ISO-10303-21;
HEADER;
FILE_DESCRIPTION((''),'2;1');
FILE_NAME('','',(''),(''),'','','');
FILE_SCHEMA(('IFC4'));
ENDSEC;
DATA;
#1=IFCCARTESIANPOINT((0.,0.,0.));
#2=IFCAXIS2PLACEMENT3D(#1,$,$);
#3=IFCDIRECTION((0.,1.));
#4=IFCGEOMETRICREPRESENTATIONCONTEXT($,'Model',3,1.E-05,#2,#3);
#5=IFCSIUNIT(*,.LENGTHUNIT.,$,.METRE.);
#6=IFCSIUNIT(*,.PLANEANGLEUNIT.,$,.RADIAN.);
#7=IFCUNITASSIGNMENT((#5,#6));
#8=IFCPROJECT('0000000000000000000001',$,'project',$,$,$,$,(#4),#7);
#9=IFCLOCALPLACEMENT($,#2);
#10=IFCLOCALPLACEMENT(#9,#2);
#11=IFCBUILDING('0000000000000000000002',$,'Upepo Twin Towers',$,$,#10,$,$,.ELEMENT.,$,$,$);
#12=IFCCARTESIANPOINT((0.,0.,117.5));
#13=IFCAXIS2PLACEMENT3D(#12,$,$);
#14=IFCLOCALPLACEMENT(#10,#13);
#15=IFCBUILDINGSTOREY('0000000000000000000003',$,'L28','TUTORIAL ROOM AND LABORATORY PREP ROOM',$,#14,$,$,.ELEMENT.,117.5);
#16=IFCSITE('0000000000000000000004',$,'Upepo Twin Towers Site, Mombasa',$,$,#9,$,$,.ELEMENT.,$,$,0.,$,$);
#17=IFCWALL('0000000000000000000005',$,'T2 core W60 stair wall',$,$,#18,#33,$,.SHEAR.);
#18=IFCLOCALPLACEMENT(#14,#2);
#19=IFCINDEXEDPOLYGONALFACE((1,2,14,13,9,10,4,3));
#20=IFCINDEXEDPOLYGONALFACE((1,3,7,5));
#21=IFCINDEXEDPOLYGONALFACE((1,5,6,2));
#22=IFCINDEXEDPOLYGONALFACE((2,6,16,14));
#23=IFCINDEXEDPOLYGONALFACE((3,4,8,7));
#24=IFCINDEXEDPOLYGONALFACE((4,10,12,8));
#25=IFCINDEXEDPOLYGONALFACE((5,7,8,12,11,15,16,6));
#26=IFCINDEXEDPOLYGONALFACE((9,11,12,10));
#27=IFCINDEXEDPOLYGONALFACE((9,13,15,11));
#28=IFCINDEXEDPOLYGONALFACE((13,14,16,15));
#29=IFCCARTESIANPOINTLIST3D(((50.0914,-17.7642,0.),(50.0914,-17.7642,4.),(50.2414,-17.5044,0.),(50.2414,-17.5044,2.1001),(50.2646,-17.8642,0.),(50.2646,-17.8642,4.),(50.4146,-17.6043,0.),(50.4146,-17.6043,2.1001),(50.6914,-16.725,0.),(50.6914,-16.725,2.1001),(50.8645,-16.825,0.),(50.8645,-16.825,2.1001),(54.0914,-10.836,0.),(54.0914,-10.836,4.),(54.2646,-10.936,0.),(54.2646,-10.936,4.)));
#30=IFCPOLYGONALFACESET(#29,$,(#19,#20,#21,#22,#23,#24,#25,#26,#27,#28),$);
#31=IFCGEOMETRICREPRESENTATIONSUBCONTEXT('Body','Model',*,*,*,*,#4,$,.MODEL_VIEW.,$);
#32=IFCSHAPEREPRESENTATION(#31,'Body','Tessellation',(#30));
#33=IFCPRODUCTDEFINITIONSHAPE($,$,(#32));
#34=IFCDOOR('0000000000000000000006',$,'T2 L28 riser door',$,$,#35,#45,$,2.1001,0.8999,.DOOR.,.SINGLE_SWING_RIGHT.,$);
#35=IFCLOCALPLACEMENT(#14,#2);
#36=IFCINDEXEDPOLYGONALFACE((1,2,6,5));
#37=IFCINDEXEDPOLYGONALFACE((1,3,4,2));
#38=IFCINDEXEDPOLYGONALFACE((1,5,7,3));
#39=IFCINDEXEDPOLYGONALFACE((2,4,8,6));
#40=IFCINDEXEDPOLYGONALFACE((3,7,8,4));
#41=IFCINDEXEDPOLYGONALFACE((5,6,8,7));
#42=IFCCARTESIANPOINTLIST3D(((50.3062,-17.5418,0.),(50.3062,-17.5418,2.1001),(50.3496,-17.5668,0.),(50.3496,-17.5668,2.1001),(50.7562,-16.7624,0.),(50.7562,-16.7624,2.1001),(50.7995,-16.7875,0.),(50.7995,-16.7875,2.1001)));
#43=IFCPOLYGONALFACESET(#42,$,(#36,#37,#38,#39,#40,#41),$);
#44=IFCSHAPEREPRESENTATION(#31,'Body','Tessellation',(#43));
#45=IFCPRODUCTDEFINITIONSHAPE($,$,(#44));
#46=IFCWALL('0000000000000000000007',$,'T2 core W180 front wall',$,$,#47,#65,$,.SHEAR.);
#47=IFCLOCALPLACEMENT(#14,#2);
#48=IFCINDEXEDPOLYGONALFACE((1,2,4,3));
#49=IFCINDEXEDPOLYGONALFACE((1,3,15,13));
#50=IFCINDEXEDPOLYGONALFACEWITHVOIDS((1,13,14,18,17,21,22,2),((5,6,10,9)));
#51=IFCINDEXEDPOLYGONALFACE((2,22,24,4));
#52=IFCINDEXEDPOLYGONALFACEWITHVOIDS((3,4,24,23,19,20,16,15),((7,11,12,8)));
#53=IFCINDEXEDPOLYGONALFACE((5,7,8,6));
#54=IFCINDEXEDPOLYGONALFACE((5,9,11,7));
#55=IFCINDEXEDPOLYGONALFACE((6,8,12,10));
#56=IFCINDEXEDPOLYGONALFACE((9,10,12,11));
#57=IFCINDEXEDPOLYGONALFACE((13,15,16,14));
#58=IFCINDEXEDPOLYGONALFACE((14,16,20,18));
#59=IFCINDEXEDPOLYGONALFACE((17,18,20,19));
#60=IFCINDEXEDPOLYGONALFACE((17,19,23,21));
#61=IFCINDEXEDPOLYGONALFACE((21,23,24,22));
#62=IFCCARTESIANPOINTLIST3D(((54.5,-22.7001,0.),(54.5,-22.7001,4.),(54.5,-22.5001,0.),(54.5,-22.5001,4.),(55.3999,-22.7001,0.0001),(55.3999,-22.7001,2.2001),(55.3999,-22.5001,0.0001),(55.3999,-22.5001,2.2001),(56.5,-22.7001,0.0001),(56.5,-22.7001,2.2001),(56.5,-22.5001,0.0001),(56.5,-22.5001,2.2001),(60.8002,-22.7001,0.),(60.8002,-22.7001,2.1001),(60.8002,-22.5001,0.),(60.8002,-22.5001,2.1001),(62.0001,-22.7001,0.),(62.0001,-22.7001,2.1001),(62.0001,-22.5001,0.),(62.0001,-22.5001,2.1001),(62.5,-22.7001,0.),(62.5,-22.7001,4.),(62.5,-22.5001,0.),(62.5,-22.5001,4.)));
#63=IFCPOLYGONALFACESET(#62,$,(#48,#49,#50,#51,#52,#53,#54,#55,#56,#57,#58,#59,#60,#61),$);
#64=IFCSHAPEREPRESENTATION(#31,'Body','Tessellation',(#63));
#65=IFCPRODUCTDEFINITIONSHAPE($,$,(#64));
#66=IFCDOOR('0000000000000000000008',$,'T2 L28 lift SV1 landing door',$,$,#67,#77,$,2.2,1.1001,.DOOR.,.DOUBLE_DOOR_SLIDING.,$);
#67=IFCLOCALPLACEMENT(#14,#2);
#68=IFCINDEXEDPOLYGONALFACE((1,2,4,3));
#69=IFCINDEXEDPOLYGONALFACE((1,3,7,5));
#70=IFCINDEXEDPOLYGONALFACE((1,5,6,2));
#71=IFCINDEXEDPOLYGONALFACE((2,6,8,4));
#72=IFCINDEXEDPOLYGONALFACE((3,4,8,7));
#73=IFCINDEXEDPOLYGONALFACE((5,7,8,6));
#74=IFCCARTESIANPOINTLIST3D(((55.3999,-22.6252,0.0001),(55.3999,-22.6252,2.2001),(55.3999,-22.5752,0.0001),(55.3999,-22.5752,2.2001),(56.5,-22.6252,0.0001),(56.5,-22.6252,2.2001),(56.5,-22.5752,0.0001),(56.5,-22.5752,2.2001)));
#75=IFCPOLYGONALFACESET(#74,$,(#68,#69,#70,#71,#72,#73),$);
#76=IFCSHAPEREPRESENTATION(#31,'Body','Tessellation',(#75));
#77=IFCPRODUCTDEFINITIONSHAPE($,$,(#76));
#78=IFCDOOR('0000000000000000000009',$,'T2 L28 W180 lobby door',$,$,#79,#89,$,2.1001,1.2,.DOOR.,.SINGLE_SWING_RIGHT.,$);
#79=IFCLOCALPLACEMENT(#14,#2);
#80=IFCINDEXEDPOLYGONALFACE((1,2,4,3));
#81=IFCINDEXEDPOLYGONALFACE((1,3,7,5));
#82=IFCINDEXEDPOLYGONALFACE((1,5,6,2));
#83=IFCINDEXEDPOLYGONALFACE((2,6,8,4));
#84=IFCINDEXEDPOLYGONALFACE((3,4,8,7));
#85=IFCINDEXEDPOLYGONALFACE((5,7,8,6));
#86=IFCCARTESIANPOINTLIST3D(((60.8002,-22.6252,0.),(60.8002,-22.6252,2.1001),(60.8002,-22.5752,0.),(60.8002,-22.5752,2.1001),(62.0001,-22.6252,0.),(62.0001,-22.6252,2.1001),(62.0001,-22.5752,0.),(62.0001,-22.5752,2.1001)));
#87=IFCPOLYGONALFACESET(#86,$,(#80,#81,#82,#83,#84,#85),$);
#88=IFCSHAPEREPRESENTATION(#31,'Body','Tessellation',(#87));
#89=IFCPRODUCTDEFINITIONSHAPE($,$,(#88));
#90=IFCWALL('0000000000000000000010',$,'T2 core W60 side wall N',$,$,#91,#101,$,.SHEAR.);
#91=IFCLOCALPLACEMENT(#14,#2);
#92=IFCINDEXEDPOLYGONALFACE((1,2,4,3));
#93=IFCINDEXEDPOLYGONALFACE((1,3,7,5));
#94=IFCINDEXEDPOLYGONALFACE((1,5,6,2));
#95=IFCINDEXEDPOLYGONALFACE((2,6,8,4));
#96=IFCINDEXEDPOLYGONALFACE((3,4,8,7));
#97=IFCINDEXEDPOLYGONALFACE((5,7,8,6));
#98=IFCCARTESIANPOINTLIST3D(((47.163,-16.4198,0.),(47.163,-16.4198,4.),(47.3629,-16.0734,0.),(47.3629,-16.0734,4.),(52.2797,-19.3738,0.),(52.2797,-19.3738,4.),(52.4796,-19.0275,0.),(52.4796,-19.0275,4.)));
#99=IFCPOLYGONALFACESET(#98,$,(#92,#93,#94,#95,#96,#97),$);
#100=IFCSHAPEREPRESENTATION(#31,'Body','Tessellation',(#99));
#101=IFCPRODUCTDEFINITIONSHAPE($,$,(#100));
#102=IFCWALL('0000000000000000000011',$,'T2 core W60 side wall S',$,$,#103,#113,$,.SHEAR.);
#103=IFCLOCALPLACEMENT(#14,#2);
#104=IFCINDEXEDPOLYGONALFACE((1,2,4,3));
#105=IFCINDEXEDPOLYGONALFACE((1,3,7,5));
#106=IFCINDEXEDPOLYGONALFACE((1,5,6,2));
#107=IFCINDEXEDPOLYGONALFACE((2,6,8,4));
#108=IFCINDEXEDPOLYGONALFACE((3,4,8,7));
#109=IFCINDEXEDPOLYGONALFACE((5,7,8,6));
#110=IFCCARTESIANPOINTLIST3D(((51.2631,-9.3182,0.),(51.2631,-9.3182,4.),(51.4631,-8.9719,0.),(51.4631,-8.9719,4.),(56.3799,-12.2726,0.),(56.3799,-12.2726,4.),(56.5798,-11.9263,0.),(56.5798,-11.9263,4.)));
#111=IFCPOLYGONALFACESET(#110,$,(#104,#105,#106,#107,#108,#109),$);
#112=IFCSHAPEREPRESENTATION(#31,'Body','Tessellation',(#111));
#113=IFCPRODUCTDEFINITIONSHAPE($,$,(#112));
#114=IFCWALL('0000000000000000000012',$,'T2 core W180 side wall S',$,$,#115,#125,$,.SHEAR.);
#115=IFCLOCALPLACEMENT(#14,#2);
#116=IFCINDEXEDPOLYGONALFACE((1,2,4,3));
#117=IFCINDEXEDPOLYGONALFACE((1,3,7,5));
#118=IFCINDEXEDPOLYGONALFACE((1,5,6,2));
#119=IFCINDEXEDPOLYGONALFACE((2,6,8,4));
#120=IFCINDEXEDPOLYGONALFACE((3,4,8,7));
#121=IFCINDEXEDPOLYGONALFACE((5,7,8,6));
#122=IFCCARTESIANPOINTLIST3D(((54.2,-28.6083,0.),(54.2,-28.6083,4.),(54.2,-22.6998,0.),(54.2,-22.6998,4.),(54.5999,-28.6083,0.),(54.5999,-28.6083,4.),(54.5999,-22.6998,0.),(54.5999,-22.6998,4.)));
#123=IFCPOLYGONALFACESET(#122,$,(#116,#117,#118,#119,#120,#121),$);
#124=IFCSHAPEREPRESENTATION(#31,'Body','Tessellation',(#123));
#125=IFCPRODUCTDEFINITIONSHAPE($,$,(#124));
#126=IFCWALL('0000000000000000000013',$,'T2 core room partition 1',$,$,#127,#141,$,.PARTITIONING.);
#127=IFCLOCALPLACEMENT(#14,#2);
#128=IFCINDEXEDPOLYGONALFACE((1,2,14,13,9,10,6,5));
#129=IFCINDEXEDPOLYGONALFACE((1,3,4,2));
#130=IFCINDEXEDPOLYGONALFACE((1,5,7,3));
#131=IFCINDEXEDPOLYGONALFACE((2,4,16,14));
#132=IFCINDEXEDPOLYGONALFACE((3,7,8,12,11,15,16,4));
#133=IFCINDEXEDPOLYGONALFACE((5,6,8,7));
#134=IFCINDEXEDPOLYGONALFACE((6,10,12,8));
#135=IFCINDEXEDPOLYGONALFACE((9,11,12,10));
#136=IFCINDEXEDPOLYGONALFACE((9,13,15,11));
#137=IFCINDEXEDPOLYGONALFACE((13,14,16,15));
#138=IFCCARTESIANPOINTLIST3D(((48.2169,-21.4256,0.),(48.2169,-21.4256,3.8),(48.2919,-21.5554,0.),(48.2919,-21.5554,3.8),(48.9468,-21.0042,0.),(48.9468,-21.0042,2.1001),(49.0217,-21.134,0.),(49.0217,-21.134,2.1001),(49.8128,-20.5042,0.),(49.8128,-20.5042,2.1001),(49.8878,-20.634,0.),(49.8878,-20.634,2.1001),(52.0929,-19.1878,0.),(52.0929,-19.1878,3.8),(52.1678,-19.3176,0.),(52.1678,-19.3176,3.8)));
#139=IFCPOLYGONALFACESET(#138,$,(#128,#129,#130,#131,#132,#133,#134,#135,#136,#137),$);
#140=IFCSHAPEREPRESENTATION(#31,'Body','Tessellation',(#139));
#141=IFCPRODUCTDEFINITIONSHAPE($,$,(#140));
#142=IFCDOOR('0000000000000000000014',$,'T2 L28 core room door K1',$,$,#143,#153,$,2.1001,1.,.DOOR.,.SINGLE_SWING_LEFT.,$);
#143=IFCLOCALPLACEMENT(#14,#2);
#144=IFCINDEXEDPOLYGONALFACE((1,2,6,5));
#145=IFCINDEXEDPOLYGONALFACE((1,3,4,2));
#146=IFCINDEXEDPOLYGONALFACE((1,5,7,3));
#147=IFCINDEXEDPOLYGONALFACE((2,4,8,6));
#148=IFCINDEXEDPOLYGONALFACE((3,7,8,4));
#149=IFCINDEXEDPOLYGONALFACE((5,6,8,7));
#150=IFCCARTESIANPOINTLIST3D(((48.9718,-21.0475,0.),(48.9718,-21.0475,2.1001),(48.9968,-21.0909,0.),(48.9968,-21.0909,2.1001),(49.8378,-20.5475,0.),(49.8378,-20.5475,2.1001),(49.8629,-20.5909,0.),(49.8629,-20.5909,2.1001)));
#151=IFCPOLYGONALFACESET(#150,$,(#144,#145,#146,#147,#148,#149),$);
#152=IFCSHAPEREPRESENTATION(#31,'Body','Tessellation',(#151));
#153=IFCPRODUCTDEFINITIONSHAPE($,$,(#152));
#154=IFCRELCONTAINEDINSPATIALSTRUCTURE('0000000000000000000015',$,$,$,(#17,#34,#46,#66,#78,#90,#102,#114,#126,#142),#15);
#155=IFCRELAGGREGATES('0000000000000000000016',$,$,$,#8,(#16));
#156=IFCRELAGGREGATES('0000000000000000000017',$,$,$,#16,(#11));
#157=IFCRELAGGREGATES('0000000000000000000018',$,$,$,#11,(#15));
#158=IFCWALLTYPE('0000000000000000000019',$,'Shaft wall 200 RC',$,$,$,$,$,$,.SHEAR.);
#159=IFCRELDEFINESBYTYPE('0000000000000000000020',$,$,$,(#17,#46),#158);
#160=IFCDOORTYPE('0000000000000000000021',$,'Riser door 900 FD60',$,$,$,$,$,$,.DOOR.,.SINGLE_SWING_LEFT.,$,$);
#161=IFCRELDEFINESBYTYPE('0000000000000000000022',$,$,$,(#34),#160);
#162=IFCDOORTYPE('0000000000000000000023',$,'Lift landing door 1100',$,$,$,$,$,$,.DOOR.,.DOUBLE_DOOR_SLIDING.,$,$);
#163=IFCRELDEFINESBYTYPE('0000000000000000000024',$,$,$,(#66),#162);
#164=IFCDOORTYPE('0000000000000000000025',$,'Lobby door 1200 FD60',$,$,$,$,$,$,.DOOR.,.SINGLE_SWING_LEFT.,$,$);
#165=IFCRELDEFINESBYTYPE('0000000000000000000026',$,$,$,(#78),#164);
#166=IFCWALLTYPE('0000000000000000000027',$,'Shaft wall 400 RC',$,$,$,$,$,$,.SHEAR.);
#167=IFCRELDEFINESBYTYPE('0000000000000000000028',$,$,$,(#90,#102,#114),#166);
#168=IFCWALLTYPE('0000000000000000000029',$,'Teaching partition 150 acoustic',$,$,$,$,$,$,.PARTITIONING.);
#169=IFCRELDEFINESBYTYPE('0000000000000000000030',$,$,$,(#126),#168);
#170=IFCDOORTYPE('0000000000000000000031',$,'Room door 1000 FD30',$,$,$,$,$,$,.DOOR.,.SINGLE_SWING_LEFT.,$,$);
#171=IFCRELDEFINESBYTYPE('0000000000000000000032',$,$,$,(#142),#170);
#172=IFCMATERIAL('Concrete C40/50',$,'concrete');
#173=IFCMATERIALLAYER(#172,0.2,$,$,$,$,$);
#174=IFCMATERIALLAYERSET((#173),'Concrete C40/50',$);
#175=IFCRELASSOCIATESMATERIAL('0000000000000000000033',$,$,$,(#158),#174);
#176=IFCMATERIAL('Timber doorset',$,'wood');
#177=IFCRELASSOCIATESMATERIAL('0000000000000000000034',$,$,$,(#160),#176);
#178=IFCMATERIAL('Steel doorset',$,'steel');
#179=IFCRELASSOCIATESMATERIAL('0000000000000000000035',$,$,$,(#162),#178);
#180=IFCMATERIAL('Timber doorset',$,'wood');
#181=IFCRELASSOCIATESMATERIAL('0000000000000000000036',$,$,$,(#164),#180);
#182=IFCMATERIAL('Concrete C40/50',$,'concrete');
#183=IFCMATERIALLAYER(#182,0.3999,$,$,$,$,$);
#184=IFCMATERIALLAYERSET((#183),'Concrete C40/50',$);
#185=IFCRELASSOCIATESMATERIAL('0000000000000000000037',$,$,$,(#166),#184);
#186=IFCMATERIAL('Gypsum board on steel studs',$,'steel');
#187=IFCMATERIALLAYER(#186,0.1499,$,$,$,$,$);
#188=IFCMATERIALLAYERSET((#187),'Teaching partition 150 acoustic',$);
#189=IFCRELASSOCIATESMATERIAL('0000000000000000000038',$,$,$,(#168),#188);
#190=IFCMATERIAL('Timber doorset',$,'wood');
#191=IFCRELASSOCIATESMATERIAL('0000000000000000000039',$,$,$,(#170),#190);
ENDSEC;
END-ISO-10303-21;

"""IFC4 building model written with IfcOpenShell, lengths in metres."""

from ifc_helpers import new_model, si_unit, direction, frame, frame_2d, origin, place, context, subcontext, project, spatial, rectangle, extrude, material, layer, layer_set, type_object, element, fill, save


model = new_model("IFC4")

# Units and contexts
model_context = context("Model", 3, precision=1e-05, world=origin(), true_north=direction((0.0, 1.0)))
body_context = subcontext(model_context, "Body", "Model", "MODEL_VIEW")
ifc_project = project(units=[si_unit("LENGTHUNIT", "METRE"), si_unit("PLANEANGLEUNIT", "RADIAN")], contexts=[model_context])

# Site, building, storey
site_placement = place(None, origin())
site = spatial("IfcSite", under=ifc_project, at=site_placement, Name="Upepo Twin Towers Site, Mombasa", CompositionType="ELEMENT", RefElevation=0.0)
building_placement = place(site_placement, origin())
building = spatial("IfcBuilding", under=site, at=building_placement, Name="Upepo Twin Towers", CompositionType="ELEMENT")
storey_placement = place(building_placement, frame((0.0, 0.0, 117.5)))
storey = spatial("IfcBuildingStorey", under=building, at=storey_placement, Name="L28", Description="TUTORIAL ROOM AND LABORATORY PREP ROOM", CompositionType="ELEMENT", Elevation=117.5)

# Shared definitions
ifc_material_1 = material(Name="Concrete C40/50", Category="concrete")
ifc_layer_1 = layer(ifc_material_1, 0.2)
ifc_layer_set_1 = layer_set([ifc_layer_1], Name="Concrete C40/50")
wall_type_1 = type_object("IfcWallType", Name="Shaft wall 200 RC", PredefinedType="SHEAR", material=ifc_layer_set_1)

# Wall, opening, door
wall_1_placement = place(storey_placement, frame((54.178, -10.886, 0.0), z_axis=(0.0, 0.0, 1.0), x_axis=(-0.499999, -0.866026, 0.0)))
wall_1 = element("IfcWall", 1, at=wall_1_placement, inside=storey, type_object=wall_type_1, Name="T2 core W60 stair wall", PredefinedType="SHEAR", context=body_context, shape_type="SweptSolid", body=[
    extrude(rectangle(XDim=8.0, YDim=0.2, at=frame_2d((4.0, 0.0))), origin(), (0.0, 0.0, 1.0), 4.0),
])
opening_1_placement = place(wall_1_placement, frame((6.8, 0.0, 0.0)))
opening_1 = element("IfcOpeningElement", 2, at=opening_1_placement, cuts=wall_1, PredefinedType="OPENING", context=body_context, shape_type="SweptSolid", body=[
    extrude(rectangle(XDim=0.8999, YDim=2.1001, at=frame_2d((0.45, 1.05))), frame((0.0, 0.1099, 0.0), z_axis=(0.0, -1.0, 0.0), x_axis=(1.0, 0.0, 0.0)), (0.0, 0.0, 1.0), 0.22),
])
ifc_material_2 = material(Name="Timber doorset", Category="wood")
door_type_1 = type_object("IfcDoorType", Name="Riser door 900 FD60", OperationType="SINGLE_SWING_LEFT", PredefinedType="DOOR", material=ifc_material_2)
door_1_placement = place(opening_1_placement, origin())
door_1 = element("IfcDoor", 3, at=door_1_placement, inside=storey, type_object=door_type_1, Name="T2 L28 riser door", OperationType="SINGLE_SWING_RIGHT", OverallHeight=2.1001, OverallWidth=0.8999, PredefinedType="DOOR", context=body_context, shape_type="SweptSolid", body=[
    extrude(rectangle(XDim=0.8999, YDim=2.1001, at=frame_2d((0.45, 1.05))), frame((0.0, 0.0249, 0.0), z_axis=(0.0, -1.0, 0.0), x_axis=(1.0, 0.0, 0.0)), (0.0, 0.0, 1.0), 0.05),
])
fill(opening_1, door_1)

# Wall, openings, doors
wall_2_placement = place(storey_placement, frame((54.5, -22.6001, 0.0), z_axis=(0.0, 0.0, 1.0), x_axis=(1.0, 0.0, 0.0)))
wall_2 = element("IfcWall", 4, at=wall_2_placement, inside=storey, type_object=wall_type_1, Name="T2 core W180 front wall", PredefinedType="SHEAR", context=body_context, shape_type="SweptSolid", body=[
    extrude(rectangle(XDim=8.0, YDim=0.2, at=frame_2d((4.0, 0.0))), origin(), (0.0, 0.0, 1.0), 4.0),
])
opening_2_placement = place(wall_2_placement, frame((6.3, 0.0, 0.0)))
opening_2 = element("IfcOpeningElement", 5, at=opening_2_placement, cuts=wall_2, PredefinedType="OPENING", context=body_context, shape_type="SweptSolid", body=[
    extrude(rectangle(XDim=1.2, YDim=2.1001, at=frame_2d((0.6001, 1.05))), frame((0.0, 0.1099, 0.0), z_axis=(0.0, -1.0, 0.0), x_axis=(1.0, 0.0, 0.0)), (0.0, 0.0, 1.0), 0.22),
])
opening_3_placement = place(wall_2_placement, frame((0.8999, 0.0, 0.0)))
opening_3 = element("IfcOpeningElement", 6, at=opening_3_placement, cuts=wall_2, PredefinedType="OPENING", context=body_context, shape_type="SweptSolid", body=[
    extrude(rectangle(XDim=1.1001, YDim=2.2, at=frame_2d((0.55, 1.1001))), frame((0.0, 0.1099, 0.0), z_axis=(0.0, -1.0, 0.0), x_axis=(1.0, 0.0, 0.0)), (0.0, 0.0, 1.0), 0.22),
])
ifc_material_3 = material(Name="Steel doorset", Category="steel")
door_type_2 = type_object("IfcDoorType", Name="Lift landing door 1100", OperationType="DOUBLE_DOOR_SLIDING", PredefinedType="DOOR", material=ifc_material_3)
door_2_placement = place(opening_3_placement, origin())
door_2 = element("IfcDoor", 7, at=door_2_placement, inside=storey, type_object=door_type_2, Name="T2 L28 lift SV1 landing door", OperationType="DOUBLE_DOOR_SLIDING", OverallHeight=2.2, OverallWidth=1.1001, PredefinedType="DOOR", context=body_context, shape_type="SweptSolid", body=[
    extrude(rectangle(XDim=1.1001, YDim=2.2, at=frame_2d((0.55, 1.1001))), frame((0.0, 0.0249, 0.0), z_axis=(0.0, -1.0, 0.0), x_axis=(1.0, 0.0, 0.0)), (0.0, 0.0, 1.0), 0.05),
])
fill(opening_3, door_2)
ifc_material_4 = material(Name="Timber doorset", Category="wood")
door_type_3 = type_object("IfcDoorType", Name="Lobby door 1200 FD60", OperationType="SINGLE_SWING_LEFT", PredefinedType="DOOR", material=ifc_material_4)
door_3_placement = place(opening_2_placement, origin())
door_3 = element("IfcDoor", 8, at=door_3_placement, inside=storey, type_object=door_type_3, Name="T2 L28 W180 lobby door", OperationType="SINGLE_SWING_RIGHT", OverallHeight=2.1001, OverallWidth=1.2, PredefinedType="DOOR", context=body_context, shape_type="SweptSolid", body=[
    extrude(rectangle(XDim=1.2, YDim=2.1001, at=frame_2d((0.6001, 1.05))), frame((0.0, 0.0249, 0.0), z_axis=(0.0, -1.0, 0.0), x_axis=(1.0, 0.0, 0.0)), (0.0, 0.0, 1.0), 0.05),
])
fill(opening_2, door_3)

# Walls
ifc_material_5 = material(Name="Concrete C40/50", Category="concrete")
ifc_layer_2 = layer(ifc_material_5, 0.3999)
ifc_layer_set_2 = layer_set([ifc_layer_2], Name="Concrete C40/50")
wall_type_2 = type_object("IfcWallType", Name="Shaft wall 400 RC", PredefinedType="SHEAR", material=ifc_layer_set_2)
wall_3_placement = place(storey_placement, frame((52.3796, -19.2007, 0.0), z_axis=(0.0, 0.0, 1.0), x_axis=(-0.866027, 0.499997, 0.0)))
element("IfcWall", 9, at=wall_3_placement, inside=storey, type_object=wall_type_2, Name="T2 core W60 side wall N", PredefinedType="SHEAR", context=body_context, shape_type="SweptSolid", body=[
    extrude(rectangle(XDim=5.9082, YDim=0.3999, at=frame_2d((2.9541, 0.0))), origin(), (0.0, 0.0, 1.0), 4.0),
])
for number, where, z_axis, x_axis, name in (
    (10, (56.4797, -12.0994, 0.0), (0.0, 0.0, 1.0), (-0.866009, 0.500028, 0.0), "T2 core W60 side wall S"),
    (11, (54.3999, -22.7, 0.0), (0.0, 0.0, 1.0), (0.0, -1.0, 0.0), "T2 core W180 side wall S"),
):
    element("IfcWall", number, at=place(storey_placement, frame(where, z_axis=z_axis, x_axis=x_axis)), inside=storey, type_object=wall_type_2, Name=name, PredefinedType="SHEAR", context=body_context, shape_type="SweptSolid", body=[
        extrude(rectangle(XDim=5.9084, YDim=0.3999, at=frame_2d((2.9541, 0.0))), origin(), (0.0, 0.0, 1.0), 4.0),
    ])

# Wall, opening, door
ifc_material_6 = material(Name="Gypsum board on steel studs", Category="steel")
ifc_layer_3 = layer(ifc_material_6, 0.1499)
ifc_layer_set_3 = layer_set([ifc_layer_3], Name="Teaching partition 150 acoustic")
wall_type_3 = type_object("IfcWallType", Name="Teaching partition 150 acoustic", PredefinedType="PARTITIONING", material=ifc_layer_set_3)
wall_4_placement = place(storey_placement, frame((48.2544, -21.4905, 0.0), z_axis=(0.0, 0.0, 1.0), x_axis=(0.866026, 0.499999, 0.0)))
wall_4 = element("IfcWall", 12, at=wall_4_placement, inside=storey, type_object=wall_type_3, Name="T2 core room partition 1", PredefinedType="PARTITIONING", context=body_context, shape_type="SweptSolid", body=[
    extrude(rectangle(XDim=4.4756, YDim=0.1499, at=frame_2d((2.2378, 0.0))), origin(), (0.0, 0.0, 1.0), 3.8),
])
opening_4_placement = place(wall_4_placement, frame((0.8428, 0.0, 0.0)))
opening_4 = element("IfcOpeningElement", 13, at=opening_4_placement, cuts=wall_4, PredefinedType="OPENING", context=body_context, shape_type="SweptSolid", body=[
    extrude(rectangle(XDim=1.0, YDim=2.1001, at=frame_2d((0.5, 1.05))), frame((0.0, 0.085, 0.0), z_axis=(0.0, -1.0, 0.0), x_axis=(1.0, 0.0, 0.0)), (0.0, 0.0, 1.0), 0.1699),
])
ifc_material_7 = material(Name="Timber doorset", Category="wood")
door_type_4 = type_object("IfcDoorType", Name="Room door 1000 FD30", OperationType="SINGLE_SWING_LEFT", PredefinedType="DOOR", material=ifc_material_7)
door_4_placement = place(opening_4_placement, origin())
door_4 = element("IfcDoor", 14, at=door_4_placement, inside=storey, type_object=door_type_4, Name="T2 L28 core room door K1", OperationType="SINGLE_SWING_LEFT", OverallHeight=2.1001, OverallWidth=1.0, PredefinedType="DOOR", context=body_context, shape_type="SweptSolid", body=[
    extrude(rectangle(XDim=1.0, YDim=2.1001, at=frame_2d((0.5, 1.05))), frame((0.0, 0.0249, 0.0), z_axis=(0.0, -1.0, 0.0), x_axis=(1.0, 0.0, 0.0)), (0.0, 0.0, 1.0), 0.05),
])
fill(opening_4, door_4)

save(model, "model.ifc")
